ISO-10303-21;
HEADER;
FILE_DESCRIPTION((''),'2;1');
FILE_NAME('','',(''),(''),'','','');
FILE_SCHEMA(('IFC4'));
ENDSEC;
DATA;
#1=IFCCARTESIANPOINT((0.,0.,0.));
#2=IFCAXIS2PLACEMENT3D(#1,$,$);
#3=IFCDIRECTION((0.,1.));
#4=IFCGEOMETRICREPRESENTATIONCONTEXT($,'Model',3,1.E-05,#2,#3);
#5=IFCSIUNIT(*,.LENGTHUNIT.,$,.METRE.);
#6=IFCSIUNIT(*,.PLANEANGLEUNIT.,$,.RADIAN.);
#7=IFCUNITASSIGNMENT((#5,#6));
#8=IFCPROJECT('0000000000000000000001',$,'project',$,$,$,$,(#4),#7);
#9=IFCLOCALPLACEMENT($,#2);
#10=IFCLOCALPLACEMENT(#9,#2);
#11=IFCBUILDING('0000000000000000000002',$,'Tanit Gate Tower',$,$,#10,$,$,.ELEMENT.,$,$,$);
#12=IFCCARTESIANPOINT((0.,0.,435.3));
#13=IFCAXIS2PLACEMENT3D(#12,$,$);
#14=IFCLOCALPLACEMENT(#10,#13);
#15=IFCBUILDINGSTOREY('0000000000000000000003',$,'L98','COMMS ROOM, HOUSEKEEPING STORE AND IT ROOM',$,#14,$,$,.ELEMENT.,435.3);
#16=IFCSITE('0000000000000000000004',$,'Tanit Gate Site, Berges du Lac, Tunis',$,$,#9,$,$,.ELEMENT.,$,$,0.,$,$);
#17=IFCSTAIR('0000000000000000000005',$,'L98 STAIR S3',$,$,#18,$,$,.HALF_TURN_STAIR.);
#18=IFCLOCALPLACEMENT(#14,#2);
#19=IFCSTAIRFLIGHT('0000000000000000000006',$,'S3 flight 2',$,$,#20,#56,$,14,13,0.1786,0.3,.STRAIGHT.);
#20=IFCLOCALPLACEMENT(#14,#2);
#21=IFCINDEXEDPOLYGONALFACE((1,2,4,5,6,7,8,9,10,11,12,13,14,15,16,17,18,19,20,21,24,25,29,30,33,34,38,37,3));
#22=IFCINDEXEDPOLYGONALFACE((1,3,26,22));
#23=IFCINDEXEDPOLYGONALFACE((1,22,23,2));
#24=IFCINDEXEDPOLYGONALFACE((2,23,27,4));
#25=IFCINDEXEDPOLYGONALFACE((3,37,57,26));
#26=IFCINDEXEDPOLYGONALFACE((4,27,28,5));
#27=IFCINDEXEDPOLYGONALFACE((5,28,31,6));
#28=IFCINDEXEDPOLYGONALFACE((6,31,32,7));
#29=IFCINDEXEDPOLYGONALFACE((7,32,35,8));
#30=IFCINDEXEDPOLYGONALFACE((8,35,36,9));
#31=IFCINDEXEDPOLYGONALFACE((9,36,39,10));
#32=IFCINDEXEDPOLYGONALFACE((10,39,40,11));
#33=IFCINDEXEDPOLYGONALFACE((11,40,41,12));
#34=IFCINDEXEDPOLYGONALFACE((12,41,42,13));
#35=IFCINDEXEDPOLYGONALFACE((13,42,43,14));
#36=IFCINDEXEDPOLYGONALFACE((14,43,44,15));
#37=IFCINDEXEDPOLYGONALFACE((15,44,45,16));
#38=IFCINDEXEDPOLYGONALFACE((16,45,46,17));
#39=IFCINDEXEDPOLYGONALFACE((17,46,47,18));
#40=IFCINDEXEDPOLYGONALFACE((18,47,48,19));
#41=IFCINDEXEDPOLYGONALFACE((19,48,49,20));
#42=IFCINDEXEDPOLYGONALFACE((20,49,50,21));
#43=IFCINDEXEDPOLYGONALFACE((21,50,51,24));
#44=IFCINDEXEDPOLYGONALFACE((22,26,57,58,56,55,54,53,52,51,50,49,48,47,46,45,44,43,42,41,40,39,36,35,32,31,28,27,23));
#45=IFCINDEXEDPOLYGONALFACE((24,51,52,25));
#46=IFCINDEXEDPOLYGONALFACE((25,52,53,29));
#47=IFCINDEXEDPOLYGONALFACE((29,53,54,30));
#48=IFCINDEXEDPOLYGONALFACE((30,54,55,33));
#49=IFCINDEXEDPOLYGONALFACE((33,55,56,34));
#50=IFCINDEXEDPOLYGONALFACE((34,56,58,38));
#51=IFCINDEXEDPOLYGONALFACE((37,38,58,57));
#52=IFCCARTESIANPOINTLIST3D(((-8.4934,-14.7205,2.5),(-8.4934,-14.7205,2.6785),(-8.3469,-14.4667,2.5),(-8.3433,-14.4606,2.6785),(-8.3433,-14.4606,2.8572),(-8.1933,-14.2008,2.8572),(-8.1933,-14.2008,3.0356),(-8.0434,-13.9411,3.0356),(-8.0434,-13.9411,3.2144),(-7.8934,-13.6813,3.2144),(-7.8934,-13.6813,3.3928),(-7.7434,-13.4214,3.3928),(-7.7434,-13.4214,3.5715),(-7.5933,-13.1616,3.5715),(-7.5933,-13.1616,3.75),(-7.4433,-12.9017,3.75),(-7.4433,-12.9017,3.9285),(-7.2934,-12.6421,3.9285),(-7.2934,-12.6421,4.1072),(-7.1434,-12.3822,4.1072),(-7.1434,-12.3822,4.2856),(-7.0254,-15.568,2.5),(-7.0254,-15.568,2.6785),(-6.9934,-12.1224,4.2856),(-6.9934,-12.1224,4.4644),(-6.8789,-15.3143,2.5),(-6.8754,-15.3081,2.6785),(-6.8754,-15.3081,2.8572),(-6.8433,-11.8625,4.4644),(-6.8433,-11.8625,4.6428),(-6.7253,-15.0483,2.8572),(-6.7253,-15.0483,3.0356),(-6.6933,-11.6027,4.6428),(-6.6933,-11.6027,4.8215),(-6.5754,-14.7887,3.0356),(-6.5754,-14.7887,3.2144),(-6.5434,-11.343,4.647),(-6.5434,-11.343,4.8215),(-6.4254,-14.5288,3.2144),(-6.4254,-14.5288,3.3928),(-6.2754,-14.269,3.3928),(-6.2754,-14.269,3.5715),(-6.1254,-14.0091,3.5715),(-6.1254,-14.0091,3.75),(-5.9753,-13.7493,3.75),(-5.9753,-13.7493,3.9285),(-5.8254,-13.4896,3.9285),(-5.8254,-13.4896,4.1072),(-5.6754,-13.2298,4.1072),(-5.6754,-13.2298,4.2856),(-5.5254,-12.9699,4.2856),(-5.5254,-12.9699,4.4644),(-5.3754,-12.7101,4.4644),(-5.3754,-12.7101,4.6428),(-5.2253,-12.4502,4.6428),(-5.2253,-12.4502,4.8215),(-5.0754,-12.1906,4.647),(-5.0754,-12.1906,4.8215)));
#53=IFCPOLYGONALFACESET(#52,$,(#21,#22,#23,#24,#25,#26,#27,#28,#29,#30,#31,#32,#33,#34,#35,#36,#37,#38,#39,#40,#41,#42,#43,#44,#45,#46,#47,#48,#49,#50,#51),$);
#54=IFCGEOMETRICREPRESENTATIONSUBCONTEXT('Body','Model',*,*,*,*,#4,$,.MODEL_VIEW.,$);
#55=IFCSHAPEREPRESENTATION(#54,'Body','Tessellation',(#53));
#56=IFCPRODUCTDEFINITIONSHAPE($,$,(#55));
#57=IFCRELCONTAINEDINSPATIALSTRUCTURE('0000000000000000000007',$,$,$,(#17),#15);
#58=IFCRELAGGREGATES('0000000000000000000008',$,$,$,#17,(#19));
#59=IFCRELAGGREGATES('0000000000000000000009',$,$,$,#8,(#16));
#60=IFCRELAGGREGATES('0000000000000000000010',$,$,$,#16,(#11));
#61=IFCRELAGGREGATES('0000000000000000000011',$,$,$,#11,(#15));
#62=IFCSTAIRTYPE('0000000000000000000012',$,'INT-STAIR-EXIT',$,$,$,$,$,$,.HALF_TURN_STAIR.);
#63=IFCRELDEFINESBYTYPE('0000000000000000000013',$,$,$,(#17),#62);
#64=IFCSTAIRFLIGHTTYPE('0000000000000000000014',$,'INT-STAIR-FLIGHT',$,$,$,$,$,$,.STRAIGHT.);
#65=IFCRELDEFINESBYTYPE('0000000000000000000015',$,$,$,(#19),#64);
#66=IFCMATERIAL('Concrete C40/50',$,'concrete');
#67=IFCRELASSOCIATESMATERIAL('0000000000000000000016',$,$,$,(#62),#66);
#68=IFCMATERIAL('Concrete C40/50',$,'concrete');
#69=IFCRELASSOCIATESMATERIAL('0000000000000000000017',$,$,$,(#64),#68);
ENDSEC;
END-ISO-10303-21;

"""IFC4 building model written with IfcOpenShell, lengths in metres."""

from ifc_helpers import new_model, si_unit, direction, frame, origin, place, context, subcontext, project, spatial, polyline, outline, extrude, material, type_object, element, aggregate, save


model = new_model("IFC4")

# Units and contexts
model_context = context("Model", 3, precision=1e-05, world=origin(), true_north=direction((0.0, 1.0)))
body_context = subcontext(model_context, "Body", "Model", "MODEL_VIEW")
ifc_project = project(units=[si_unit("LENGTHUNIT", "METRE"), si_unit("PLANEANGLEUNIT", "RADIAN")], contexts=[model_context])

# Site, building, storey
site_placement = place(None, origin())
site = spatial("IfcSite", under=ifc_project, at=site_placement, Name="Tanit Gate Site, Berges du Lac, Tunis", CompositionType="ELEMENT", RefElevation=0.0)
building_placement = place(site_placement, origin())
building = spatial("IfcBuilding", under=site, at=building_placement, Name="Tanit Gate Tower", CompositionType="ELEMENT")
storey_placement = place(building_placement, frame((0.0, 0.0, 435.3)))
storey = spatial("IfcBuildingStorey", under=building, at=storey_placement, Name="L98", Description="COMMS ROOM, HOUSEKEEPING STORE AND IT ROOM", CompositionType="ELEMENT", Elevation=435.3)

# Stair, stair flight
ifc_material_1 = material(Name="Concrete C40/50", Category="concrete")
stair_type = type_object("IfcStairType", Name="INT-STAIR-EXIT", PredefinedType="HALF_TURN_STAIR", material=ifc_material_1)
stair_placement = place(storey_placement, origin())
stair = element("IfcStair", 1, at=stair_placement, inside=storey, type_object=stair_type, Name="L98 STAIR S3", PredefinedType="HALF_TURN_STAIR")
ifc_material_2 = material(Name="Concrete C40/50", Category="concrete")
stair_flight_type = type_object("IfcStairFlightType", Name="INT-STAIR-FLIGHT", PredefinedType="STRAIGHT", material=ifc_material_2)
stair_flight_placement = place(storey_placement, frame((-7.7593, -15.1443, 2.5), z_axis=(0.0, 0.0, 1.0), x_axis=(0.5, 0.866025, 0.0)))
stair_flight = element("IfcStairFlight", 2, at=stair_flight_placement, type_object=stair_flight_type, Name="S3 flight 2", NumberOfRisers=14, NumberOfTreads=13, PredefinedType="STRAIGHT", RiserHeight=0.1786, TreadLength=0.3, context=body_context, shape_type="SweptSolid", body=[
    extrude(outline(polyline([(0.0, 0.0), (0.0, 0.1785), (0.3, 0.1785), (0.3, 0.3572), (0.6001, 0.3572), (0.6001, 0.5356), (0.8999, 0.5356), (0.8999, 0.7144), (1.2, 0.7144), (1.2, 0.8928), (1.5, 0.8928), (1.5, 1.0715), (1.8, 1.0715), (1.8, 1.25), (2.1001, 1.25), (2.1001, 1.4285), (2.3999, 1.4285), (2.3999, 1.6072), (2.7, 1.6072), (2.7, 1.7856), (3.0, 1.7856), (3.0, 1.9644), (3.3, 1.9644), (3.3, 2.1428), (3.6001, 2.1428), (3.6001, 2.3215), (3.8999, 2.3215), (3.8999, 2.5), (3.8999, 2.147), (0.293, 0.0), (0.0, 0.0)])), frame((0.0, 0.8477, 0.0), z_axis=(0.0, -1.0, 0.0), x_axis=(1.0, 0.0, 0.0)), (0.0, 0.0, 1.0), 1.6951),
])
aggregate(stair, [stair_flight])

save(model, "model.ifc")
